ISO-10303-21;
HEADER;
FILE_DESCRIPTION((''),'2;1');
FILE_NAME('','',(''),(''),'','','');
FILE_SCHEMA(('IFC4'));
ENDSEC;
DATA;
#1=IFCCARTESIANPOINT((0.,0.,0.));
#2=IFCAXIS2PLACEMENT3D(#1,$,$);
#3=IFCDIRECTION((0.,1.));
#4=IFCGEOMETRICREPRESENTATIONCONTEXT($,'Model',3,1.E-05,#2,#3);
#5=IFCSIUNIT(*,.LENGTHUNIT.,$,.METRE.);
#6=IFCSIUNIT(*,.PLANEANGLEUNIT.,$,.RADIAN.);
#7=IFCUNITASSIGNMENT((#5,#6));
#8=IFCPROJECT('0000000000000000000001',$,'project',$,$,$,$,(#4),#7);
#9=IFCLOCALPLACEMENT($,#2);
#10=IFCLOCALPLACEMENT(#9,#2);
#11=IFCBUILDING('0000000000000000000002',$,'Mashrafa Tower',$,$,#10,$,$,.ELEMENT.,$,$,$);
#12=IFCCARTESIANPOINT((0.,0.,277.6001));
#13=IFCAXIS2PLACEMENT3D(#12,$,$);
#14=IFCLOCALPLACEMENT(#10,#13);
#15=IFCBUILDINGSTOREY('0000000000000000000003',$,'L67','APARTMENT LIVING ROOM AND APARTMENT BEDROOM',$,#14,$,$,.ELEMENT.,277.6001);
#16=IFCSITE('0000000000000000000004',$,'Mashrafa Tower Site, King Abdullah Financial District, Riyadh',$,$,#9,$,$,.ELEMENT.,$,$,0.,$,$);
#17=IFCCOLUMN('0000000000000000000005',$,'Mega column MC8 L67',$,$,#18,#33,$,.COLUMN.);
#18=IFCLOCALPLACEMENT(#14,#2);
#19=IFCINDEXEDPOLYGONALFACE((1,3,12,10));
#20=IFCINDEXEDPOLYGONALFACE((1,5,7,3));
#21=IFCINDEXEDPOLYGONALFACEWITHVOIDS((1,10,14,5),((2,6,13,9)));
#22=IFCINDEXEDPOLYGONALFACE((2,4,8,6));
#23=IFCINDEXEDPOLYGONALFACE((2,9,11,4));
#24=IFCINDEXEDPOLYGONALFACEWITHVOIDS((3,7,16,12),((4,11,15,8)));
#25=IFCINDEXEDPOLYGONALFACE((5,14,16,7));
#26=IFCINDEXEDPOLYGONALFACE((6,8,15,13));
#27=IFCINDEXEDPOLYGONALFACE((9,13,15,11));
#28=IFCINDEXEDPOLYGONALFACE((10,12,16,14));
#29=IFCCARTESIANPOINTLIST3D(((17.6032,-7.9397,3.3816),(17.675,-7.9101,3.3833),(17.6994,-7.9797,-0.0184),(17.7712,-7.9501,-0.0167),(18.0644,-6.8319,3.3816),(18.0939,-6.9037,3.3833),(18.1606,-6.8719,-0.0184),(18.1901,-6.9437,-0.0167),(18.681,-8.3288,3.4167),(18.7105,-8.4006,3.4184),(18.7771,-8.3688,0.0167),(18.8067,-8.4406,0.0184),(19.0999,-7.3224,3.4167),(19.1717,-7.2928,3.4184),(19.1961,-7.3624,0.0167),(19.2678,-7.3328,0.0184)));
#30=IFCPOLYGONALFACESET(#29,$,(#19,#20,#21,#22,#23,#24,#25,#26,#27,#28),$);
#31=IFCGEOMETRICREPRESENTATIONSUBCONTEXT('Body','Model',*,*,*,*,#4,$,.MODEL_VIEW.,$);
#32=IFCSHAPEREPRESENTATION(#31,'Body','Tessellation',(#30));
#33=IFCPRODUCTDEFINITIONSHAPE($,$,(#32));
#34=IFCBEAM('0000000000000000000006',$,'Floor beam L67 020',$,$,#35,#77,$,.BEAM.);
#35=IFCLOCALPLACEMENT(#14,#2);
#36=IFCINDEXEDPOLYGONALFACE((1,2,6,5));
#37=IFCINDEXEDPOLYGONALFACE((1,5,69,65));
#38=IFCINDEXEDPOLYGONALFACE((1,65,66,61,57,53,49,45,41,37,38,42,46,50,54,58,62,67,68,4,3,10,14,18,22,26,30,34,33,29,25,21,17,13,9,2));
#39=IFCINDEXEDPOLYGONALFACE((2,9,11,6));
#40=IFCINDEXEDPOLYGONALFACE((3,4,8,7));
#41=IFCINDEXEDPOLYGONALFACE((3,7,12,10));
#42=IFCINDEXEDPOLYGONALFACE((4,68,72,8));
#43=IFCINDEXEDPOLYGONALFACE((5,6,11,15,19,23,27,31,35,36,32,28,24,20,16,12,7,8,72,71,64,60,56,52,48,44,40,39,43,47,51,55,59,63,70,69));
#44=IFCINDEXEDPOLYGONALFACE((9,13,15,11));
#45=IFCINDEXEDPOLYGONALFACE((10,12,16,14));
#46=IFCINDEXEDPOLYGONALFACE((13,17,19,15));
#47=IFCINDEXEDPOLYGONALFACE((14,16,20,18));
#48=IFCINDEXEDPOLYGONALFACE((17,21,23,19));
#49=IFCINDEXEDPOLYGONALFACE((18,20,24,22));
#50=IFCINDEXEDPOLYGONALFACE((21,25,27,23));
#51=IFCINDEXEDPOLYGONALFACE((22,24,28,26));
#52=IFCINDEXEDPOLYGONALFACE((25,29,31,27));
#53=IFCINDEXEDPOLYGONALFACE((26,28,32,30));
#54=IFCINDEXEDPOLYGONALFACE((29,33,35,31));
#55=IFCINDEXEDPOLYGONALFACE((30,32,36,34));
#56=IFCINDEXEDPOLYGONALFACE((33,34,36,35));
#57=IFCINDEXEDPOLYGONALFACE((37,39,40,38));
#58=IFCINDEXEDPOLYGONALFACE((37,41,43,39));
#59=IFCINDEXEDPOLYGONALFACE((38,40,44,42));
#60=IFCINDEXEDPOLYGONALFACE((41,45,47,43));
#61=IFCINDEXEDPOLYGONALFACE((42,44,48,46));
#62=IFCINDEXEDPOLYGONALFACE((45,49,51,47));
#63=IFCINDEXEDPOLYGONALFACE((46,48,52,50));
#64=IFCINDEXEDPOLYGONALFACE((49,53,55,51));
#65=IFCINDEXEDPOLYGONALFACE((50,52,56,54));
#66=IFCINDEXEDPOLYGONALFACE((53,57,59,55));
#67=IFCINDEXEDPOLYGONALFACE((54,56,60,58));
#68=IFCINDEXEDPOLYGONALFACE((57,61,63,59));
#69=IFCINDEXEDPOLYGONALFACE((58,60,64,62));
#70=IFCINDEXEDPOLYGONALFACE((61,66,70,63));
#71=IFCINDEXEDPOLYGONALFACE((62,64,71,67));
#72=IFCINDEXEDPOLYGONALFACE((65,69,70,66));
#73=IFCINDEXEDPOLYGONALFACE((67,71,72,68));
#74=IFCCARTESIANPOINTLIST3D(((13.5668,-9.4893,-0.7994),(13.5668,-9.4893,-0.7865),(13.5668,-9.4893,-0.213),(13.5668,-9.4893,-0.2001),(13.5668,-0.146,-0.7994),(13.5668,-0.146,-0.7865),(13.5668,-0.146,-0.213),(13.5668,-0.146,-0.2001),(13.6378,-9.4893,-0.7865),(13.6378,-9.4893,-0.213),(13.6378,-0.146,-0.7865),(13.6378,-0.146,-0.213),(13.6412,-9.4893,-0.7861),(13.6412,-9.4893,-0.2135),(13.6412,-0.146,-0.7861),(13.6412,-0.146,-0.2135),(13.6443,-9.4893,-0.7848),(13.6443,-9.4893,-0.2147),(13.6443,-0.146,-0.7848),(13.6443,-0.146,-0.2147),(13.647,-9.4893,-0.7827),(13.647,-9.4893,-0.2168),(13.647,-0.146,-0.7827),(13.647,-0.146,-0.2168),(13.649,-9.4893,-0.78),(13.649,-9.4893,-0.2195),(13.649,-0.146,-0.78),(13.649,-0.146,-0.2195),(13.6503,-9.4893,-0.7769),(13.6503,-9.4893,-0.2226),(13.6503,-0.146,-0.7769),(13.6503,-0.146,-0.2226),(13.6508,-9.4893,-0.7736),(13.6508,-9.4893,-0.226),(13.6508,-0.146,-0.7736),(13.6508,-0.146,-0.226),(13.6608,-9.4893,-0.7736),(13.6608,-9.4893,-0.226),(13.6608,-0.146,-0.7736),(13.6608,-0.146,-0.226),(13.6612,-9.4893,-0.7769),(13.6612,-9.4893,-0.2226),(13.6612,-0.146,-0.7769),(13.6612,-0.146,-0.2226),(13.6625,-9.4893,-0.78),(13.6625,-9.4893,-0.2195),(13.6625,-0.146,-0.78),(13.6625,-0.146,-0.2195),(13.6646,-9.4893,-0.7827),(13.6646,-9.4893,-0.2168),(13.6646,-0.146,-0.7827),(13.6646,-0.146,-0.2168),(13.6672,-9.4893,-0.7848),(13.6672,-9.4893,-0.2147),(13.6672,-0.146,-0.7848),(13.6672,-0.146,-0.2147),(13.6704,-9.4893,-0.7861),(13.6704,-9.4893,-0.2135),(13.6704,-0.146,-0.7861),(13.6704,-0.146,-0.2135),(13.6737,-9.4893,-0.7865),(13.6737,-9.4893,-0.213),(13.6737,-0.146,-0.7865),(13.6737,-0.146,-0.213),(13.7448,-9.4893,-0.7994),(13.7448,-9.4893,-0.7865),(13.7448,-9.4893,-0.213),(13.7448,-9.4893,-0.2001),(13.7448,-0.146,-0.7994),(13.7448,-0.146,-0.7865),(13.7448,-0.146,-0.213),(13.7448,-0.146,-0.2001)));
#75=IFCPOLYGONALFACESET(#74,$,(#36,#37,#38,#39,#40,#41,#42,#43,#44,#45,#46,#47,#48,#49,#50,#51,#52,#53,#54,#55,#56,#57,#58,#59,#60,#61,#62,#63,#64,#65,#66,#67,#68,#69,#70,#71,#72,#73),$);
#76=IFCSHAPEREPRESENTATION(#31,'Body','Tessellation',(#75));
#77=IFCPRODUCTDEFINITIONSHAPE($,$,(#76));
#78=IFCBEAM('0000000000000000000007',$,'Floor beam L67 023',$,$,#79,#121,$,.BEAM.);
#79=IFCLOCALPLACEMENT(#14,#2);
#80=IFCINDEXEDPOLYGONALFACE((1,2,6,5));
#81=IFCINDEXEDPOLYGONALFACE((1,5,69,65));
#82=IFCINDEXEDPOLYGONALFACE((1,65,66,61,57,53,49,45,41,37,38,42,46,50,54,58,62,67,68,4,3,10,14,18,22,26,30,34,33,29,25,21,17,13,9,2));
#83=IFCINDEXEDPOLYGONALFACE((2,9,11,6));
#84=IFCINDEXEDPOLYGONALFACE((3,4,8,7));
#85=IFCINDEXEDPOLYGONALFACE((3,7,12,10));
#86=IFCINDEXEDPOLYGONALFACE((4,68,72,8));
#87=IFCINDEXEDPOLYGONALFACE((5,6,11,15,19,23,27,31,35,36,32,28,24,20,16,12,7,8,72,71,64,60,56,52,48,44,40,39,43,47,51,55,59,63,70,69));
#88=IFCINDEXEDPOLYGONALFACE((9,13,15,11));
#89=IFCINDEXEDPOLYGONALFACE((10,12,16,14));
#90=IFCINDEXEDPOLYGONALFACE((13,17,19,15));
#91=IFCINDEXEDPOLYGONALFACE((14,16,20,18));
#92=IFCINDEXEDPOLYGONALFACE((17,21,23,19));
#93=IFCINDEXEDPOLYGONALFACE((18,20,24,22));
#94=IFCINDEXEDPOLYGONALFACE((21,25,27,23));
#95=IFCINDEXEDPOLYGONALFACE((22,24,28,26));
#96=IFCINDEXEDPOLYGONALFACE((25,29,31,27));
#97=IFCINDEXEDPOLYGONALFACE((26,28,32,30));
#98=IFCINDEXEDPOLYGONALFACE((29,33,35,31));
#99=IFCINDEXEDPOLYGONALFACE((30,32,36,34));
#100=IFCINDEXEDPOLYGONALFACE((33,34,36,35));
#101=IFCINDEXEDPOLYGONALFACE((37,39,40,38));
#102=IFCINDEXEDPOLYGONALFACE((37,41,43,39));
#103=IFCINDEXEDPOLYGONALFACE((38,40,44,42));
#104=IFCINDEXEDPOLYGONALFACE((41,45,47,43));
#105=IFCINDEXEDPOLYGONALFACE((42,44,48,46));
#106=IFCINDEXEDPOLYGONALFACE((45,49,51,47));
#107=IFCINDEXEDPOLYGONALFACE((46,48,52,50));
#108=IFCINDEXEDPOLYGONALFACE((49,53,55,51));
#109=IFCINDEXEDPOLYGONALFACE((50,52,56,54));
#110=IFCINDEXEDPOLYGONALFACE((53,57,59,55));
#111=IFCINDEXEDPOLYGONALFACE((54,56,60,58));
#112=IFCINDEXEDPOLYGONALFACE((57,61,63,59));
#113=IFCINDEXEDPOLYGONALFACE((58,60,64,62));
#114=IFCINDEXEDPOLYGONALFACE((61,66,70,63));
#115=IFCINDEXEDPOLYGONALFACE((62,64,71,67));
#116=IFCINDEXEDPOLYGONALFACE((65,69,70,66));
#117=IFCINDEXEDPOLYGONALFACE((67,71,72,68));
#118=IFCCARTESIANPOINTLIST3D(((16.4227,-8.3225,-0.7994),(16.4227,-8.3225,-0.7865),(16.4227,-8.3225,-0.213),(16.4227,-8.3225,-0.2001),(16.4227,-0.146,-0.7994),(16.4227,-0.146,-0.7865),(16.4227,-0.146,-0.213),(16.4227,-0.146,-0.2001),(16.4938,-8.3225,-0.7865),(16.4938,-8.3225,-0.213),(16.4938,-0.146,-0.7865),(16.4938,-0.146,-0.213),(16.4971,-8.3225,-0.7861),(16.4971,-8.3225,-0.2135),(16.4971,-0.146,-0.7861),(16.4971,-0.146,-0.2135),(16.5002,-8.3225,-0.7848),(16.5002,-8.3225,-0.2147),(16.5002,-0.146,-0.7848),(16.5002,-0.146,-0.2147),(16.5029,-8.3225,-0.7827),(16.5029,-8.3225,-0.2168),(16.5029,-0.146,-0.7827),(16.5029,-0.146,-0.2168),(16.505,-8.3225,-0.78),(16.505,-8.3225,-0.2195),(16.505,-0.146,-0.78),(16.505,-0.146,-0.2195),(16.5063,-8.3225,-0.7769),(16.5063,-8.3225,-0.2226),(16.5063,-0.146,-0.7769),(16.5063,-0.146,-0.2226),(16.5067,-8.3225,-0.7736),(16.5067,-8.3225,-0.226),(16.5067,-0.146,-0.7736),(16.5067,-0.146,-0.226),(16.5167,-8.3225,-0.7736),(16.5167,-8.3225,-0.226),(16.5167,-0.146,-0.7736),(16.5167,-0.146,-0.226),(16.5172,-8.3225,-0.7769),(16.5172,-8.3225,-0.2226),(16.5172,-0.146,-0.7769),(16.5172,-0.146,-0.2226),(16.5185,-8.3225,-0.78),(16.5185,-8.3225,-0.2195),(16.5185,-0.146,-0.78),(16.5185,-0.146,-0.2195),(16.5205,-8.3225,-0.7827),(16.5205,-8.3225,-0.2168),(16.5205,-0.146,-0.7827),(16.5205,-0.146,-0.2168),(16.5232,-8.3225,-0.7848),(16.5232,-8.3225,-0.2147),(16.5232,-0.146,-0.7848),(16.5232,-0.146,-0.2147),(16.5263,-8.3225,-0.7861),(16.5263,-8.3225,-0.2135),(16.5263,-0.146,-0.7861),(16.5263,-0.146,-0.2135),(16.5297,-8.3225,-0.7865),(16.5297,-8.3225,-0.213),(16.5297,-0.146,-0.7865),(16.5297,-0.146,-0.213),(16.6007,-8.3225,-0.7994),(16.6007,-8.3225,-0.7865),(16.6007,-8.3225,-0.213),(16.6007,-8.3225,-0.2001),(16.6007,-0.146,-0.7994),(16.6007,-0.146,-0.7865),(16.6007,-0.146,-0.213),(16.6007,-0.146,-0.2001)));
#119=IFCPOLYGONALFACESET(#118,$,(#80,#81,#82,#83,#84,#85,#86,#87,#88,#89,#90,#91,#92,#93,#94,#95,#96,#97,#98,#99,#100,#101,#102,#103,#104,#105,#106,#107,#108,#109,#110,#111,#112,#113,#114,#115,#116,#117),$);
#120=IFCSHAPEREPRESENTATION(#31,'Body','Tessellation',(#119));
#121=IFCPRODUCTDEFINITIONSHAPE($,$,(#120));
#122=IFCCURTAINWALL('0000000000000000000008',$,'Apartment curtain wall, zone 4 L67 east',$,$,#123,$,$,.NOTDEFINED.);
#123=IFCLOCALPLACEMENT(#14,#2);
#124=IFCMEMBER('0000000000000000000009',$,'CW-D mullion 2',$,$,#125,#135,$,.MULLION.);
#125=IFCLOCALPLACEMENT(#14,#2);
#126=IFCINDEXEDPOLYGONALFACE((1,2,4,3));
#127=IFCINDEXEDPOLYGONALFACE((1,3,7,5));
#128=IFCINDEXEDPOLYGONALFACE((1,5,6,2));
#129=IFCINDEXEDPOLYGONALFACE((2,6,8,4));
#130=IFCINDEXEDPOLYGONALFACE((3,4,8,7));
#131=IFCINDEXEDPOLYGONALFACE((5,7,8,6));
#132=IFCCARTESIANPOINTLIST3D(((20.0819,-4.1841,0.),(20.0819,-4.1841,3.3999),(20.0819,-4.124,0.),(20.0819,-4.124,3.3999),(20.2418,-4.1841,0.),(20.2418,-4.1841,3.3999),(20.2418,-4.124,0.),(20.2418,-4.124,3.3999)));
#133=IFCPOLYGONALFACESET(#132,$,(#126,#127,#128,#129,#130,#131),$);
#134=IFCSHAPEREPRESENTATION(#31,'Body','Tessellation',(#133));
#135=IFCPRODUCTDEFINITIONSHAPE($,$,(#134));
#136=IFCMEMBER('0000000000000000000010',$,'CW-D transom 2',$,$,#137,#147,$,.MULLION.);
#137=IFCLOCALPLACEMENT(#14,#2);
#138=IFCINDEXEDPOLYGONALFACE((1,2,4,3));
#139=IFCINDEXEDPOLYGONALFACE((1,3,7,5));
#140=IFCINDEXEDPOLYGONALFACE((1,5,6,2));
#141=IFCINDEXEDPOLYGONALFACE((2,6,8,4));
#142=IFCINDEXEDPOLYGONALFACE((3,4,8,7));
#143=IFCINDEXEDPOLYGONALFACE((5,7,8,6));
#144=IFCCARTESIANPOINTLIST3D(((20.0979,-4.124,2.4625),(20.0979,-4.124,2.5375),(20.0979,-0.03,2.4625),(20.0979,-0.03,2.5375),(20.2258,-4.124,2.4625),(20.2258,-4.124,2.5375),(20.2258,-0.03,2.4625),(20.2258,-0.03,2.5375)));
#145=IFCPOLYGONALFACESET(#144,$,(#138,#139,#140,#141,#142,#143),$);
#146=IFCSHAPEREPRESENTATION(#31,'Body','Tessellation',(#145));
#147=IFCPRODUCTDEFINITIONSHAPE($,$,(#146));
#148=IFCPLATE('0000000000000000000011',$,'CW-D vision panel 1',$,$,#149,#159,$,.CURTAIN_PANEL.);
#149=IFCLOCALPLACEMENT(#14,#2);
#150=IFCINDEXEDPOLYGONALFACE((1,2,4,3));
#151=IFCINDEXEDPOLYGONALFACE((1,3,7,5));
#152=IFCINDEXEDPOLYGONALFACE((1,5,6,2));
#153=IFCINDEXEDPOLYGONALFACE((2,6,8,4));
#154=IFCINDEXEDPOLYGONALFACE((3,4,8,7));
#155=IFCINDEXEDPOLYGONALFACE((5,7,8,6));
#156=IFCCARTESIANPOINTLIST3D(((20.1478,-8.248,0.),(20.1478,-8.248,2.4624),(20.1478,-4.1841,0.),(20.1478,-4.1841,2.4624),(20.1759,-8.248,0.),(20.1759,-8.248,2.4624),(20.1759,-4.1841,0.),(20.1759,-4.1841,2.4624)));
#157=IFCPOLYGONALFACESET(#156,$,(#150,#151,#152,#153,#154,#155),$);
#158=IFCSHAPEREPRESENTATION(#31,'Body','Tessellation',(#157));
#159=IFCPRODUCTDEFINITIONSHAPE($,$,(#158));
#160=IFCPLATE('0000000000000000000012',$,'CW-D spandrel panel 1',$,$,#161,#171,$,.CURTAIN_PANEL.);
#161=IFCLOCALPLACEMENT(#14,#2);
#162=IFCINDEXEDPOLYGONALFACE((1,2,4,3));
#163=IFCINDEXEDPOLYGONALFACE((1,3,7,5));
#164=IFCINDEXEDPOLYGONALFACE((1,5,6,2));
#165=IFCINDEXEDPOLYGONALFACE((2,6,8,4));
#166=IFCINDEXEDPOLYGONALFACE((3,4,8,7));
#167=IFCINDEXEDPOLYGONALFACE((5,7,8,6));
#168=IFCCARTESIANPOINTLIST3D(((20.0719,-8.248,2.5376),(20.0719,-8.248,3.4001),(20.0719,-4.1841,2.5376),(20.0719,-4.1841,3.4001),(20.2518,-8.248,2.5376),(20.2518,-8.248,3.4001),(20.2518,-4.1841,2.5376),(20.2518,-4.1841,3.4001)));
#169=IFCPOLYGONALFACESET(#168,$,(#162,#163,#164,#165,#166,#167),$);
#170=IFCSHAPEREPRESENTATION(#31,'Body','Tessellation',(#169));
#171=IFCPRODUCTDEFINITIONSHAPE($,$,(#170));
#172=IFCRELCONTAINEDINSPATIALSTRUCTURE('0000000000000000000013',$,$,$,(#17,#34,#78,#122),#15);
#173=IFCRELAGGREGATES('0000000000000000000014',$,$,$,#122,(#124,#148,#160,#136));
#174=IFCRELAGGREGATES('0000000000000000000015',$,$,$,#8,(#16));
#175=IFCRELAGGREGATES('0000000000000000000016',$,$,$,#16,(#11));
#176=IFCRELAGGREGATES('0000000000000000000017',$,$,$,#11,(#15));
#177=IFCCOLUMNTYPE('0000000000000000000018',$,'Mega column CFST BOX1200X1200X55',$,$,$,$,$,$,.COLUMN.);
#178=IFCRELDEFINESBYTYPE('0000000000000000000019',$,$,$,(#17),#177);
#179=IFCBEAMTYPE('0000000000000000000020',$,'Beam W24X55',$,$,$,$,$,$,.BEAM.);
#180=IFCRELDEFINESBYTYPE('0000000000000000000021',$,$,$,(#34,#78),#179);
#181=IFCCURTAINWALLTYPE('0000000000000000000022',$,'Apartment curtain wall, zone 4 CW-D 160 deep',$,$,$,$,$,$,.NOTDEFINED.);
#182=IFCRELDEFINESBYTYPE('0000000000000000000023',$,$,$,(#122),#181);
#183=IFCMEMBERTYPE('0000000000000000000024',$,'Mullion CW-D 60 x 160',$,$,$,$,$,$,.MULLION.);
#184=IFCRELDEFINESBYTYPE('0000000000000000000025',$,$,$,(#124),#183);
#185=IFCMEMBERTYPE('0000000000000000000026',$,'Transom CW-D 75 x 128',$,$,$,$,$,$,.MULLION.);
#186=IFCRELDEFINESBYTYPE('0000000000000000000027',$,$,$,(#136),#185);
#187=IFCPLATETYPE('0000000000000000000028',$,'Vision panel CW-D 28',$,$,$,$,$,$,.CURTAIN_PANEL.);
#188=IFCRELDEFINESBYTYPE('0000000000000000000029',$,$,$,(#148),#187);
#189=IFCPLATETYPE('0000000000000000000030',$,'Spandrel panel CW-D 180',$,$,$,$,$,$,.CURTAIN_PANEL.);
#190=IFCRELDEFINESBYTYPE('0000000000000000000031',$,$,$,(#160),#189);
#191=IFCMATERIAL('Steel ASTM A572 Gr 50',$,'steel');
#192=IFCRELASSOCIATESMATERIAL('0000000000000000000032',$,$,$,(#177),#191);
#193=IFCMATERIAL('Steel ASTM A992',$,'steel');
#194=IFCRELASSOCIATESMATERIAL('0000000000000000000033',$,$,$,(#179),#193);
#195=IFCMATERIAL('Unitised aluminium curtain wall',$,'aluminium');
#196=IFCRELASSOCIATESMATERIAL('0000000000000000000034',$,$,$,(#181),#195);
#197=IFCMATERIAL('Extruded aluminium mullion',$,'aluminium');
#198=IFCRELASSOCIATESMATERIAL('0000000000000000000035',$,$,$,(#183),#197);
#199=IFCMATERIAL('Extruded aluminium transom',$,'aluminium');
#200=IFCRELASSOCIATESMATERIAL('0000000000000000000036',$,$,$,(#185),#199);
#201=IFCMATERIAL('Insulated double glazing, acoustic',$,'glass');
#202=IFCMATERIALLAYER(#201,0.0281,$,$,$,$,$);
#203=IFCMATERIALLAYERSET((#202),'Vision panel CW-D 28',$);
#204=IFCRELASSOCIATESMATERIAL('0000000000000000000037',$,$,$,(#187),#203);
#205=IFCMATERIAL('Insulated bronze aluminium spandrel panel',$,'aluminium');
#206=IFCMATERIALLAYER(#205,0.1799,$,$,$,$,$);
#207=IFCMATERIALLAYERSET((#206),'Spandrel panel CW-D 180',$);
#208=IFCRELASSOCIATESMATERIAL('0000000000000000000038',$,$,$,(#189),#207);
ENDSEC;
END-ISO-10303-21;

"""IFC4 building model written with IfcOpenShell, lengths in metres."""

from ifc_helpers import new_model, si_unit, direction, frame, origin, origin_2d, place, context, subcontext, project, spatial, rectangle, hollow_rectangle, i_section, extrude, source, transform, mapped, material, layer, layer_set, material_profile, profile_set, type_object, type_shapes, element, aggregate, save


model = new_model("IFC4")

# Units and contexts
model_context = context("Model", 3, precision=1e-05, world=origin(), true_north=direction((0.0, 1.0)))
body_context = subcontext(model_context, "Body", "Model", "MODEL_VIEW")
ifc_project = project(units=[si_unit("LENGTHUNIT", "METRE"), si_unit("PLANEANGLEUNIT", "RADIAN")], contexts=[model_context])

# Site, building, storey
site_placement = place(None, origin())
site = spatial("IfcSite", under=ifc_project, at=site_placement, Name="Mashrafa Tower Site, King Abdullah Financial District, Riyadh", CompositionType="ELEMENT", RefElevation=0.0)
building_placement = place(site_placement, origin())
building = spatial("IfcBuilding", under=site, at=building_placement, Name="Mashrafa Tower", CompositionType="ELEMENT")
storey_placement = place(building_placement, frame((0.0, 0.0, 277.6001)))
storey = spatial("IfcBuildingStorey", under=building, at=storey_placement, Name="L67", Description="APARTMENT LIVING ROOM AND APARTMENT BEDROOM", CompositionType="ELEMENT", Elevation=277.6001)

# Column
ifc_material_1 = material(Name="Steel ASTM A572 Gr 50", Category="steel")
ifc_material_profile_1 = material_profile(ifc_material_1, hollow_rectangle(XDim=1.2, YDim=1.2, WallThickness=0.0549, at=origin_2d()), Name="BOX1200X1200X55")
ifc_profile_set_1 = profile_set([ifc_material_profile_1], Name="Steel ASTM A572 Gr 50")
column_type = type_object("IfcColumnType", Name="Mega column CFST BOX1200X1200X55", PredefinedType="COLUMN", material=ifc_profile_set_1)
column_placement = place(storey_placement, frame((18.4836, -7.6562, 0.0), z_axis=(-0.028279, 0.011771, 0.999531), x_axis=(-0.384283, -0.923216, 0.0)))
element("IfcColumn", 1, at=column_placement, inside=storey, type_object=column_type, Name="Mega column MC8 L67", PredefinedType="COLUMN", context=body_context, shape_type="SweptSolid", body=[
    extrude(hollow_rectangle(XDim=1.2, YDim=1.2, WallThickness=0.0549, at=origin_2d()), origin(), (0.0, 0.0, 1.0), 3.4016),
])

# Beams
ifc_material_2 = material(Name="Steel ASTM A992", Category="steel")
ifc_material_profile_2 = material_profile(ifc_material_2, i_section(OverallWidth=0.178, OverallDepth=0.5994, WebThickness=0.01, FlangeThickness=0.0129, FilletRadius=0.0129, at=origin_2d()), Name="W24X55")
ifc_profile_set_2 = profile_set([ifc_material_profile_2], Name="Steel ASTM A992")
beam_type = type_object("IfcBeamType", Name="Beam W24X55", PredefinedType="BEAM", material=ifc_profile_set_2)
beam_1_placement = place(storey_placement, frame((13.6558, -0.146, -0.4998), z_axis=(0.0, -1.0, 0.0), x_axis=(1.0, 0.0, 0.0)))
element("IfcBeam", 2, at=beam_1_placement, inside=storey, type_object=beam_type, Name="Floor beam L67 020", PredefinedType="BEAM", context=body_context, shape_type="SweptSolid", body=[
    extrude(i_section(OverallWidth=0.178, OverallDepth=0.5994, WebThickness=0.01, FlangeThickness=0.0129, FilletRadius=0.0129, at=origin_2d()), origin(), (0.0, 0.0, 1.0), 9.3433),
])
beam_2_placement = place(storey_placement, frame((16.5117, -0.146, -0.4998), z_axis=(0.0, -1.0, 0.0), x_axis=(1.0, 0.0, 0.0)))
element("IfcBeam", 3, at=beam_2_placement, inside=storey, type_object=beam_type, Name="Floor beam L67 023", PredefinedType="BEAM", context=body_context, shape_type="SweptSolid", body=[
    extrude(i_section(OverallWidth=0.178, OverallDepth=0.5994, WebThickness=0.01, FlangeThickness=0.0129, FilletRadius=0.0129, at=origin_2d()), origin(), (0.0, 0.0, 1.0), 8.1765),
])

# Curtain wall, members, plates
ifc_material_3 = material(Name="Unitised aluminium curtain wall", Category="aluminium")
curtain_wall_type = type_object("IfcCurtainWallType", Name="Apartment curtain wall, zone 4 CW-D 160 deep", PredefinedType="NOTDEFINED", material=ifc_material_3)
curtain_wall_placement = place(storey_placement, origin())
curtain_wall = element("IfcCurtainWall", 4, at=curtain_wall_placement, inside=storey, type_object=curtain_wall_type, Name="Apartment curtain wall, zone 4 L67 east", PredefinedType="NOTDEFINED")
ifc_material_4 = material(Name="Extruded aluminium mullion", Category="aluminium")
ifc_material_profile_3 = material_profile(ifc_material_4, rectangle(XDim=0.1599, YDim=0.0601, at=origin_2d()), Name="Mullion 60x160")
ifc_profile_set_3 = profile_set([ifc_material_profile_3], Name="Extruded aluminium mullion")
member_type_1 = type_object("IfcMemberType", Name="Mullion CW-D 60 x 160", PredefinedType="MULLION", material=ifc_profile_set_3)
shared_shape_1 = source(origin(), body_context, "Body", "SweptSolid", [
    extrude(rectangle(XDim=0.1599, YDim=0.0601, at=origin_2d()), origin(), (0.0, 0.0, 1.0), 3.3999),
])
type_shapes(member_type_1, [shared_shape_1])
member_1_placement = place(storey_placement, frame((20.1619, -4.1541, 0.0), z_axis=(0.0, 0.0, 1.0), x_axis=(-1.0, 0.0, 0.0)))
member_1 = element("IfcMember", 5, at=member_1_placement, type_object=member_type_1, Name="CW-D mullion 2", PredefinedType="MULLION", context=body_context, shape_type="MappedRepresentation", body=[
    mapped(shared_shape_1, transform((0.0, 0.0, 0.0))),
])
ifc_material_5 = material(Name="Extruded aluminium transom", Category="aluminium")
ifc_material_profile_4 = material_profile(ifc_material_5, rectangle(XDim=0.1279, YDim=0.075, at=origin_2d()), Name="Transom 75x128")
ifc_profile_set_4 = profile_set([ifc_material_profile_4], Name="Extruded aluminium transom")
member_type_2 = type_object("IfcMemberType", Name="Transom CW-D 75 x 128", PredefinedType="MULLION", material=ifc_profile_set_4)
shared_shape_2 = source(origin(), body_context, "Body", "SweptSolid", [
    extrude(rectangle(XDim=0.1279, YDim=0.075, at=origin_2d()), origin(), (0.0, 0.0, 1.0), 4.094),
])
type_shapes(member_type_2, [shared_shape_2])
member_2_placement = place(storey_placement, frame((20.1619, -4.124, 2.5), z_axis=(0.0, 1.0, 0.0), x_axis=(-1.0, 0.0, 0.0)))
member_2 = element("IfcMember", 6, at=member_2_placement, type_object=member_type_2, Name="CW-D transom 2", PredefinedType="MULLION", context=body_context, shape_type="MappedRepresentation", body=[
    mapped(shared_shape_2, transform((0.0, 0.0, 0.0))),
])
ifc_material_6 = material(Name="Insulated double glazing, acoustic", Category="glass")
ifc_layer_1 = layer(ifc_material_6, 0.0281)
ifc_layer_set_1 = layer_set([ifc_layer_1], Name="Vision panel CW-D 28")
plate_type_1 = type_object("IfcPlateType", Name="Vision panel CW-D 28", PredefinedType="CURTAIN_PANEL", material=ifc_layer_set_1)
shared_shape_3 = source(origin(), body_context, "Body", "SweptSolid", [
    extrude(rectangle(XDim=4.064, YDim=0.0281, at=origin_2d()), origin(), (0.0, 0.0, 1.0), 2.4624),
])
plate_1_placement = place(storey_placement, frame((20.1619, -6.2161, 0.0), z_axis=(0.0, 0.0, 1.0), x_axis=(0.0, 1.0, 0.0)))
plate_1 = element("IfcPlate", 7, at=plate_1_placement, type_object=plate_type_1, Name="CW-D vision panel 1", PredefinedType="CURTAIN_PANEL", context=body_context, shape_type="MappedRepresentation", body=[
    mapped(shared_shape_3, transform((0.0, 0.0, 0.0))),
])
ifc_material_7 = material(Name="Insulated bronze aluminium spandrel panel", Category="aluminium")
ifc_layer_2 = layer(ifc_material_7, 0.1799)
ifc_layer_set_2 = layer_set([ifc_layer_2], Name="Spandrel panel CW-D 180")
plate_type_2 = type_object("IfcPlateType", Name="Spandrel panel CW-D 180", PredefinedType="CURTAIN_PANEL", material=ifc_layer_set_2)
shared_shape_4 = source(origin(), body_context, "Body", "SweptSolid", [
    extrude(rectangle(XDim=4.064, YDim=0.1799, at=origin_2d()), origin(), (0.0, 0.0, 1.0), 0.8625),
])
plate_2_placement = place(storey_placement, frame((20.1619, -6.2161, 2.5376), z_axis=(0.0, 0.0, 1.0), x_axis=(0.0, 1.0, 0.0)))
plate_2 = element("IfcPlate", 8, at=plate_2_placement, type_object=plate_type_2, Name="CW-D spandrel panel 1", PredefinedType="CURTAIN_PANEL", context=body_context, shape_type="MappedRepresentation", body=[
    mapped(shared_shape_4, transform((0.0, 0.0, 0.0))),
])
aggregate(curtain_wall, [member_1, plate_1, plate_2, member_2])

save(model, "model.ifc")
